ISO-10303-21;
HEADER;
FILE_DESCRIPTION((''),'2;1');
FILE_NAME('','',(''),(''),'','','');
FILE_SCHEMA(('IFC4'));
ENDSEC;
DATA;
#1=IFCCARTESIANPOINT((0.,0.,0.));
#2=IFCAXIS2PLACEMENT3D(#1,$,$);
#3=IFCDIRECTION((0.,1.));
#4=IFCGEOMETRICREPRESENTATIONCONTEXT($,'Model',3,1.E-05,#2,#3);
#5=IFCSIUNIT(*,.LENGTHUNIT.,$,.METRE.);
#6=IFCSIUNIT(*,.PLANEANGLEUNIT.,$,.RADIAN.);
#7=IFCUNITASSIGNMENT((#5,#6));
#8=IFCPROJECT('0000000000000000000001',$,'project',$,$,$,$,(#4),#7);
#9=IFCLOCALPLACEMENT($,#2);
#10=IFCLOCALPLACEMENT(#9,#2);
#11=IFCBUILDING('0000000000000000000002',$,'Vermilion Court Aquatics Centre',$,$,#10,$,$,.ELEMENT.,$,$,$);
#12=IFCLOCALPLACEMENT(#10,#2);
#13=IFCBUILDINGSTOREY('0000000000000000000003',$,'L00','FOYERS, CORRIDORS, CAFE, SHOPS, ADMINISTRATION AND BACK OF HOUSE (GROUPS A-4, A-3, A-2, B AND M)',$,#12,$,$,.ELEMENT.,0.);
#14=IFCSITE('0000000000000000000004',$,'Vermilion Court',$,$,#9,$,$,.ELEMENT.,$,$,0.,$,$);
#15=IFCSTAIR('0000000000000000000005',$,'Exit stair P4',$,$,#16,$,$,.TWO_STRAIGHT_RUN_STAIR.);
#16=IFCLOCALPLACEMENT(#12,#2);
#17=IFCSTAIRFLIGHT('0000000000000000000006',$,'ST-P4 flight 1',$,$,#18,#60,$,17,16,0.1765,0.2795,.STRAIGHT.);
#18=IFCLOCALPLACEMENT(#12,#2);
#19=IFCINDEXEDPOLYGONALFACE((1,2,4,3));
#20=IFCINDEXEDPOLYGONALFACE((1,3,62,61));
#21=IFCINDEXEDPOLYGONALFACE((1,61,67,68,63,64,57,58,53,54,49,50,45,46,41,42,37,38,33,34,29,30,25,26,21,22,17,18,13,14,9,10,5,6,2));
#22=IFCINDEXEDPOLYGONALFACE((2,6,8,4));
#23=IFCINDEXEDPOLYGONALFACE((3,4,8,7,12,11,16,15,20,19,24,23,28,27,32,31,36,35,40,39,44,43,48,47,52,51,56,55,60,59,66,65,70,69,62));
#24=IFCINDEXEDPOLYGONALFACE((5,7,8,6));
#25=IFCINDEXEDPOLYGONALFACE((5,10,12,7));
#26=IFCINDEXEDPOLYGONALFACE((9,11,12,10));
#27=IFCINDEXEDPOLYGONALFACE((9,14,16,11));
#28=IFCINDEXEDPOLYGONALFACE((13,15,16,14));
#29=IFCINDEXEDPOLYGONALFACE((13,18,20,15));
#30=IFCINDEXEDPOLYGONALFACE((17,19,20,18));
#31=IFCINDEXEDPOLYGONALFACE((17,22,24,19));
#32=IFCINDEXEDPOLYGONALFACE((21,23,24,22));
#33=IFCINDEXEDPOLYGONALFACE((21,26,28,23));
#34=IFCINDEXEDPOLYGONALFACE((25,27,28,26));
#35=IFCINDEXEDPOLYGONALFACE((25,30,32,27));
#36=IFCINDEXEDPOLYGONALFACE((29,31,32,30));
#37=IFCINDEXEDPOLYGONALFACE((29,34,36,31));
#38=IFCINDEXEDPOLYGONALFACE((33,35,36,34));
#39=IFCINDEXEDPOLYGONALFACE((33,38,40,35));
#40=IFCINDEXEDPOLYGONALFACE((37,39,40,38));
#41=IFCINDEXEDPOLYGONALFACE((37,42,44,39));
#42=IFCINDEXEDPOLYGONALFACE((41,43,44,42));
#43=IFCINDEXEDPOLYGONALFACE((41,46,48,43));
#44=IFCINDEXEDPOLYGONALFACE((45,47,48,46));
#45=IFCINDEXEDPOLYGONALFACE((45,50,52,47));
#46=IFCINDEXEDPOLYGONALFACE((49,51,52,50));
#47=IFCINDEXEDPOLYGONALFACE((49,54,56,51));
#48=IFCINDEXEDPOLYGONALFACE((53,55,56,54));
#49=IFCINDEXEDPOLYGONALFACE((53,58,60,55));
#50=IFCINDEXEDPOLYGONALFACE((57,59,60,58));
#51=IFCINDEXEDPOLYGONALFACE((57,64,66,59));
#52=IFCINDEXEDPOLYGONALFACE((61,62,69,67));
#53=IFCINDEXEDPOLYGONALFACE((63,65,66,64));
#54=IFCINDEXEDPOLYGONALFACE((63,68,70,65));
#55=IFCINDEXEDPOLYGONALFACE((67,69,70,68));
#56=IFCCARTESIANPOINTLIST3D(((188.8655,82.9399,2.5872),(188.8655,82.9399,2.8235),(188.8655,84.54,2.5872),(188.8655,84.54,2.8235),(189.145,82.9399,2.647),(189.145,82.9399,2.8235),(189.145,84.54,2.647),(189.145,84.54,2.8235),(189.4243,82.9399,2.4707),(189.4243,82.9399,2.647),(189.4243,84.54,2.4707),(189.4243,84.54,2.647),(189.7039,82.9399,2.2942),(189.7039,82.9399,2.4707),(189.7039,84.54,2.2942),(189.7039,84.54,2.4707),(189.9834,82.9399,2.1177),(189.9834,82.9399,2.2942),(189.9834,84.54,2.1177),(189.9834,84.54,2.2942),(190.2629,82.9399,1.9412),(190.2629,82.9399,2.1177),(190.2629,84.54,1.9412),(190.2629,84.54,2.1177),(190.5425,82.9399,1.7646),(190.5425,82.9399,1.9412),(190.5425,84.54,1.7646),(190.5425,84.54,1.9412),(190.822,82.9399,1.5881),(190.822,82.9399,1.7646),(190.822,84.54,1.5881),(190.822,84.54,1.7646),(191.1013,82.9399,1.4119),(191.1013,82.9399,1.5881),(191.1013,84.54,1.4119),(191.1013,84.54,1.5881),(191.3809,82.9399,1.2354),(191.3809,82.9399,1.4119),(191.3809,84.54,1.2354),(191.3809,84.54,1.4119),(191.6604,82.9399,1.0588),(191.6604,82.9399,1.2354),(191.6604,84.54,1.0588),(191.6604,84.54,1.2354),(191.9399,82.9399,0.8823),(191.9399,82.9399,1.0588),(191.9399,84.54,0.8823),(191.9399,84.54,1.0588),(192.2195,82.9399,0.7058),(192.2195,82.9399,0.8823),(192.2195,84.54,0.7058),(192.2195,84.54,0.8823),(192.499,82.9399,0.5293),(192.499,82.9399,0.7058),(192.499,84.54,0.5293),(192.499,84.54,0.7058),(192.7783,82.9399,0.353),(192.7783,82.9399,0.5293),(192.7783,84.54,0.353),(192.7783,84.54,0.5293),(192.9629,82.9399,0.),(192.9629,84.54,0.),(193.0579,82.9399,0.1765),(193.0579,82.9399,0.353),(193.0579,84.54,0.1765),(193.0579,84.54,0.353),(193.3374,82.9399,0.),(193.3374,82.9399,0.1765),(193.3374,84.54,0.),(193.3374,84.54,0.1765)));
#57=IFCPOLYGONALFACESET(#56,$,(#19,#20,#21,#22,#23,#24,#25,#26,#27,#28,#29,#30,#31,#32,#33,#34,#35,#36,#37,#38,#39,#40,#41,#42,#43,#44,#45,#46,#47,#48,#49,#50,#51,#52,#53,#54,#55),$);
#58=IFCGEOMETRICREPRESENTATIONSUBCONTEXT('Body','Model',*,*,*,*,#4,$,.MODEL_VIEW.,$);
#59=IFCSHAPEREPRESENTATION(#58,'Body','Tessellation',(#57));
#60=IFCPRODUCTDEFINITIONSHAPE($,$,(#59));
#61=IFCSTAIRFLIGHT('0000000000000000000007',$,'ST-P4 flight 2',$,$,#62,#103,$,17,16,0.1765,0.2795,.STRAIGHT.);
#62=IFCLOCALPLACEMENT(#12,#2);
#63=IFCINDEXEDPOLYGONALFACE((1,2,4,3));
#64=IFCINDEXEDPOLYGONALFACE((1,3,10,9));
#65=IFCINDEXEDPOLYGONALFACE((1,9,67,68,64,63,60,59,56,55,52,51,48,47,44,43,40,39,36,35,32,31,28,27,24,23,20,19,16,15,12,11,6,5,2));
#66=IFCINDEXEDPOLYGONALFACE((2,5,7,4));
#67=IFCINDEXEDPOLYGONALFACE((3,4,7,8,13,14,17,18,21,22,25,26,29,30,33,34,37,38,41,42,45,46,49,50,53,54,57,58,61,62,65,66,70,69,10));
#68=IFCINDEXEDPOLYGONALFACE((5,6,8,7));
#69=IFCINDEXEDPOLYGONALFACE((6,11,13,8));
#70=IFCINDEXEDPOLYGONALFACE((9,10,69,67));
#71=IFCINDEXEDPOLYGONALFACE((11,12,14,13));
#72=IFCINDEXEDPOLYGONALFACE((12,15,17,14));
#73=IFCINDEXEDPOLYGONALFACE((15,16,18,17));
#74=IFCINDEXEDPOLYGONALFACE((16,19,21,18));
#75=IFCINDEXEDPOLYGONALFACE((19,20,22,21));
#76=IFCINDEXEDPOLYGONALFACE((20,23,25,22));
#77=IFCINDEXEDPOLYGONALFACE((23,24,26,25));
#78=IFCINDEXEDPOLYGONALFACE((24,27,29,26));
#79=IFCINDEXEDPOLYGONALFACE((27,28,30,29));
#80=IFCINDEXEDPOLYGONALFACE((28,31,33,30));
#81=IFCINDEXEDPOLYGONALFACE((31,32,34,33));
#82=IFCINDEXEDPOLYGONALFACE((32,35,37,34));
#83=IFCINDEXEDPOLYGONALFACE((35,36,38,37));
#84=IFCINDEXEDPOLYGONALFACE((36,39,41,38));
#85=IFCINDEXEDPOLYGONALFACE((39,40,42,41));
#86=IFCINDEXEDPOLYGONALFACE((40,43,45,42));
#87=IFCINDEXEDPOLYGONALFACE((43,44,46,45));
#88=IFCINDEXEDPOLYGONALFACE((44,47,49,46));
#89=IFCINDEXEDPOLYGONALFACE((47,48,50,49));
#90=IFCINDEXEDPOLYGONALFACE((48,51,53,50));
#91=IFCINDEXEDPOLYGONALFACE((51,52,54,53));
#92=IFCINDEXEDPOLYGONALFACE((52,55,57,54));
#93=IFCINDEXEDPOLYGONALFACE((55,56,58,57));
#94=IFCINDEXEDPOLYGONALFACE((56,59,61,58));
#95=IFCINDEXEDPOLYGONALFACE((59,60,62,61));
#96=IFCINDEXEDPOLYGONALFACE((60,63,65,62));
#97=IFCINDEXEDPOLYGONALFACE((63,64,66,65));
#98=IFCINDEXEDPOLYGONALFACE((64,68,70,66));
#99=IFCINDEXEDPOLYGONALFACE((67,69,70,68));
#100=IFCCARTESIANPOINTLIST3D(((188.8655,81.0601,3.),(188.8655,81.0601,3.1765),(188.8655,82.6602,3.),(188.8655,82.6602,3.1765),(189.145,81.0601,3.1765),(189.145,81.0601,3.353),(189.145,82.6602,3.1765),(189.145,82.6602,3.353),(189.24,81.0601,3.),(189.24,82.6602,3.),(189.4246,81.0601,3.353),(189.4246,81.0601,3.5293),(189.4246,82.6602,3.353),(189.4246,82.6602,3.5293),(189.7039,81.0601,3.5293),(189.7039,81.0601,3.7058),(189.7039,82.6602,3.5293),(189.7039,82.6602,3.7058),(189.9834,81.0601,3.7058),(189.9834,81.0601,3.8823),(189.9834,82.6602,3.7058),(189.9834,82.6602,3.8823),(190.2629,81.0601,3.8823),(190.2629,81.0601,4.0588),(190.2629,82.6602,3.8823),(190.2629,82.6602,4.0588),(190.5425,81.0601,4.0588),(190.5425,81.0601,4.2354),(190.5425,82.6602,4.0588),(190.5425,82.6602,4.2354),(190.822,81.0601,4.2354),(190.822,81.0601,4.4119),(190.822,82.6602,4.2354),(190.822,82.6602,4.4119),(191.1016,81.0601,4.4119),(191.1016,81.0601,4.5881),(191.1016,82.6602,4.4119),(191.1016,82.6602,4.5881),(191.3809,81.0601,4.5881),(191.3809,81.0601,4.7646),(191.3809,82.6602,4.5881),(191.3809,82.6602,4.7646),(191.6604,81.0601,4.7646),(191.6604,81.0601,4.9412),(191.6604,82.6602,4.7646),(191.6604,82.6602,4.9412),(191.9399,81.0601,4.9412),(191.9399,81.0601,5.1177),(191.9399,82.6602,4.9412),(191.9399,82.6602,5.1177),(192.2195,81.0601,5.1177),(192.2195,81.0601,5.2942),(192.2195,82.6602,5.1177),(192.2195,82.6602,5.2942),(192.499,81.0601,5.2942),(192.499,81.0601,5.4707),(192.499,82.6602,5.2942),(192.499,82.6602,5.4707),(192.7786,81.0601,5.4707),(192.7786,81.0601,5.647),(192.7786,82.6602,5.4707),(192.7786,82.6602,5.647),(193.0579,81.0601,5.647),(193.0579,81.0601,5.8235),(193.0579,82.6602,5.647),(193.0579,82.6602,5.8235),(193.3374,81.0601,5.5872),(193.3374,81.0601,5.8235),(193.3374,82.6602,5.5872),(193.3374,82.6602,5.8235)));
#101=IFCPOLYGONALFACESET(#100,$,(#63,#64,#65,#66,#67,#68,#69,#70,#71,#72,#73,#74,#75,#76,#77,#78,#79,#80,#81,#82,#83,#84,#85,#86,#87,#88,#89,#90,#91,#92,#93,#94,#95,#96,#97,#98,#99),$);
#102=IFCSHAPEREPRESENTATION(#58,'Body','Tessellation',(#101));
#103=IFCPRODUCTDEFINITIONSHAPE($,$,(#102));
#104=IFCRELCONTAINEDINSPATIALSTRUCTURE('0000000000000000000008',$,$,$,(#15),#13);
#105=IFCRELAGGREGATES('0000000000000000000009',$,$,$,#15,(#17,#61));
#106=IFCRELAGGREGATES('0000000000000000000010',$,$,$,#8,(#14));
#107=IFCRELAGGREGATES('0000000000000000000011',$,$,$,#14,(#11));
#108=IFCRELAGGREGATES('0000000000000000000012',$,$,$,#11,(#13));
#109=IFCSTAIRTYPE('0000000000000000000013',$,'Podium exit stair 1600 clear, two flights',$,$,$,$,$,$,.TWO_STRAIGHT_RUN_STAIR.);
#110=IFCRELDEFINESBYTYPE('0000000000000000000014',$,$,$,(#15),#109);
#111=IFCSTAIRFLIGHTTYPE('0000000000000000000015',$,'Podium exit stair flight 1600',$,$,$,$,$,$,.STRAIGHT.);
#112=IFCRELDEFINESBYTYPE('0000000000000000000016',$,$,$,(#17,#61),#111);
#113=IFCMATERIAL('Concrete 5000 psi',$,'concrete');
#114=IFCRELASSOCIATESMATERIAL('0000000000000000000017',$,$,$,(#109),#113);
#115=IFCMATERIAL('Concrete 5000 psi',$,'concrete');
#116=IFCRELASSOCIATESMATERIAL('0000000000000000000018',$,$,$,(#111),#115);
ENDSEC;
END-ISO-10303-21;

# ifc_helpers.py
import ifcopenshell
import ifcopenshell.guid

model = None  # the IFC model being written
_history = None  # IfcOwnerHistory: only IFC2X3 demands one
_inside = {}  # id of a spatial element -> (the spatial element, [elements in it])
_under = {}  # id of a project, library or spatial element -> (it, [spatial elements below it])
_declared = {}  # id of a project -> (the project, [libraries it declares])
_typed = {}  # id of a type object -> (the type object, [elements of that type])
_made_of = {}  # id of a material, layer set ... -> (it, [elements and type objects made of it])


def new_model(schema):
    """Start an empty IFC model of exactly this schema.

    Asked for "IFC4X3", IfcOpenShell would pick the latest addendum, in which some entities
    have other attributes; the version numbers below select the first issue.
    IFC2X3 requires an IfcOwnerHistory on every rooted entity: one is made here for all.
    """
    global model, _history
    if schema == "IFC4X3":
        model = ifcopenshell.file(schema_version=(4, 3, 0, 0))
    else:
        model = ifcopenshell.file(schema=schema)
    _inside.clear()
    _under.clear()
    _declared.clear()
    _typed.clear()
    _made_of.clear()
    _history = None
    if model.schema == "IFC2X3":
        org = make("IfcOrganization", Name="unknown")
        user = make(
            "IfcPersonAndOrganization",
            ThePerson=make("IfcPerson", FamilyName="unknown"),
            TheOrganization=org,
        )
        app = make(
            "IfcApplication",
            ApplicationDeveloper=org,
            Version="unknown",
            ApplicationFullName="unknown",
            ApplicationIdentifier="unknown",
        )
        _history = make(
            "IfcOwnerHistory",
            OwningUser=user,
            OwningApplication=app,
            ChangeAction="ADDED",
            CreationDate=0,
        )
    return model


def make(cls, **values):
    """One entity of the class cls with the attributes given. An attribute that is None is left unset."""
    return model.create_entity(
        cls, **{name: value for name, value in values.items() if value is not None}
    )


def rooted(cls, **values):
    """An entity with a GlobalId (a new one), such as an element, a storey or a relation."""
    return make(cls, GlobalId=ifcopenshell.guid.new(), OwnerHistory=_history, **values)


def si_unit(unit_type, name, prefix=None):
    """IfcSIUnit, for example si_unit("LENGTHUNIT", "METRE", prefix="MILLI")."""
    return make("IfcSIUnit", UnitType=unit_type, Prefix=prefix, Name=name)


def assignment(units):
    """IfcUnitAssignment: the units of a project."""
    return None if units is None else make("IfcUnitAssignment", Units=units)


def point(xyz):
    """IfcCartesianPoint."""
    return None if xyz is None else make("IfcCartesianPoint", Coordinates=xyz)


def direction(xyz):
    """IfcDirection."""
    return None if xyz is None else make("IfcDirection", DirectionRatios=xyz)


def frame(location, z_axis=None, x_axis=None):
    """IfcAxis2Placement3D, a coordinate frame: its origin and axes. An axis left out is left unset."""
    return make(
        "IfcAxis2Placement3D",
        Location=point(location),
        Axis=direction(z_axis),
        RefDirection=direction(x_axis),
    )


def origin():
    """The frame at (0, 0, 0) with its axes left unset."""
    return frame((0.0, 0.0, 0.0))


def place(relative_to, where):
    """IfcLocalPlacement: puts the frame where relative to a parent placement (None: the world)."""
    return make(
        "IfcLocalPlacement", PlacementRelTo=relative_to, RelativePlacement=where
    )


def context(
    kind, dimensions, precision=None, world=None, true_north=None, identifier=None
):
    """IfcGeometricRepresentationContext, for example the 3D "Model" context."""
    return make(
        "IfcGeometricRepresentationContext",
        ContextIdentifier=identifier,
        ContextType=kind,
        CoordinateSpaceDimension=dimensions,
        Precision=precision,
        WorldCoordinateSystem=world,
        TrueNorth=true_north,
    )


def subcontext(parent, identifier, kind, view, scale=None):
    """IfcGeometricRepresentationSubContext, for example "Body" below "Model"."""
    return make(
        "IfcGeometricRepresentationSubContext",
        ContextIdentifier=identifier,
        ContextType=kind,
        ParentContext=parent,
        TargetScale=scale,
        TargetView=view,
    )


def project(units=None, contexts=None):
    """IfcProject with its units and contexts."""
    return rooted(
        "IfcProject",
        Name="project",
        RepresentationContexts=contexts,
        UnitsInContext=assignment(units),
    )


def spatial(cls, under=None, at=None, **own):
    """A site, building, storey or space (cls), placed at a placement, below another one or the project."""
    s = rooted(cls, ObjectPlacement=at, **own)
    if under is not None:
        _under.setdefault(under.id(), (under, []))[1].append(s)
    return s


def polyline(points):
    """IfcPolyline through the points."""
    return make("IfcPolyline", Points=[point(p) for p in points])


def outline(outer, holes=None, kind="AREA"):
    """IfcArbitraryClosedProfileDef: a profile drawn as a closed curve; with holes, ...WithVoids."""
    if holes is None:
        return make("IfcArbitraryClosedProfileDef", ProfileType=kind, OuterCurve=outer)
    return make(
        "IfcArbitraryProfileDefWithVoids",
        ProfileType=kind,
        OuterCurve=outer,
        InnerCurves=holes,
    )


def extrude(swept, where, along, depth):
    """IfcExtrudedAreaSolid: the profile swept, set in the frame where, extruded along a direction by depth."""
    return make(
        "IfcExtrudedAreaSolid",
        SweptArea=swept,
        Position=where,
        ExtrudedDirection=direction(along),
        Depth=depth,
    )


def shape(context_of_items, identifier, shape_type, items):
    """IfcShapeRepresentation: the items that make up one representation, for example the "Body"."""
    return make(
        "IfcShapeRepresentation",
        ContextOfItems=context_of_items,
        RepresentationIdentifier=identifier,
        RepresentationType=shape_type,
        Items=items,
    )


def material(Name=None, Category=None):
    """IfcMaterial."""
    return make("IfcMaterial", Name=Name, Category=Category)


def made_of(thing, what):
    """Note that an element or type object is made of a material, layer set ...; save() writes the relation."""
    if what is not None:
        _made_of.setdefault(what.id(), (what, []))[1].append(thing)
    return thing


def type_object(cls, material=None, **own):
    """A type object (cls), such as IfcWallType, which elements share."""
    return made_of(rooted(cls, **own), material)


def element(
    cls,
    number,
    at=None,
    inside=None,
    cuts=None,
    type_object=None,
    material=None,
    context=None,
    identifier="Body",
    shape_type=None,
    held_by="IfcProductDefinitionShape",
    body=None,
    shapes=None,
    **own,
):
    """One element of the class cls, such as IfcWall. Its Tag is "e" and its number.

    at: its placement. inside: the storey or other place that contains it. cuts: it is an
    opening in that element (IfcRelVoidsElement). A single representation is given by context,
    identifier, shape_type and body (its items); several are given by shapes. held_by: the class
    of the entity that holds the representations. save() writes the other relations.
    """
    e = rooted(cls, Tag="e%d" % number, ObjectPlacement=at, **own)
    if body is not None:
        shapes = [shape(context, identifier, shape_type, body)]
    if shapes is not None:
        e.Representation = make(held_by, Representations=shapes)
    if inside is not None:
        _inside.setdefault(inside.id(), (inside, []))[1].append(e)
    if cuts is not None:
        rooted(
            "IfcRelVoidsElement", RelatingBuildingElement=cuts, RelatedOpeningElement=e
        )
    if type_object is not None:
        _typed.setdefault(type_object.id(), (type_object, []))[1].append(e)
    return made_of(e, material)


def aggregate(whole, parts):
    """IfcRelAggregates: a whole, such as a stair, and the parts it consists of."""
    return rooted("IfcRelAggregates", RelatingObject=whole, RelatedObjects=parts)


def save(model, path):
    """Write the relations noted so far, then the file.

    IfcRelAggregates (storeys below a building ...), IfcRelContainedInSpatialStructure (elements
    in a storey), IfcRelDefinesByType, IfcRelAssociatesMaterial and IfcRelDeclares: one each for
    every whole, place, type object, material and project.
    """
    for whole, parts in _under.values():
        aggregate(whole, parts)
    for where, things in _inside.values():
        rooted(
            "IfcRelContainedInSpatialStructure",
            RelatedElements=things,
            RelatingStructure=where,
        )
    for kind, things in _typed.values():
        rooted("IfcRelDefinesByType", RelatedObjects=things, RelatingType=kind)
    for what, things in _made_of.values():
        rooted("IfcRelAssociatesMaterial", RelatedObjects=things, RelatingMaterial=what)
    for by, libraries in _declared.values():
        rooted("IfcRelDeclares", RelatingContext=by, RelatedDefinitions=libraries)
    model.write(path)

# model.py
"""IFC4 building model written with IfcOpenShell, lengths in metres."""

from ifc_helpers import new_model, si_unit, direction, frame, origin, place, context, subcontext, project, spatial, polyline, outline, extrude, material, type_object, element, aggregate, save


model = new_model("IFC4")

# Units and contexts
model_context = context("Model", 3, precision=1e-05, world=origin(), true_north=direction((0.0, 1.0)))
body_context = subcontext(model_context, "Body", "Model", "MODEL_VIEW")
ifc_project = project(units=[si_unit("LENGTHUNIT", "METRE"), si_unit("PLANEANGLEUNIT", "RADIAN")], contexts=[model_context])

# Site, building, storey
site_placement = place(None, origin())
site = spatial("IfcSite", under=ifc_project, at=site_placement, Name="Vermilion Court", CompositionType="ELEMENT", RefElevation=0.0)
building_placement = place(site_placement, origin())
building = spatial("IfcBuilding", under=site, at=building_placement, Name="Vermilion Court Aquatics Centre", CompositionType="ELEMENT")
storey_placement = place(building_placement, origin())
storey = spatial("IfcBuildingStorey", under=building, at=storey_placement, Name="L00", Description="FOYERS, CORRIDORS, CAFE, SHOPS, ADMINISTRATION AND BACK OF HOUSE (GROUPS A-4, A-3, A-2, B AND M)", CompositionType="ELEMENT", Elevation=0.0)

# Stair, stair flights
ifc_material_1 = material(Name="Concrete 5000 psi", Category="concrete")
stair_type = type_object("IfcStairType", Name="Podium exit stair 1600 clear, two flights", PredefinedType="TWO_STRAIGHT_RUN_STAIR", material=ifc_material_1)
stair_placement = place(storey_placement, origin())
stair = element("IfcStair", 1, at=stair_placement, inside=storey, type_object=stair_type, Name="Exit stair P4", PredefinedType="TWO_STRAIGHT_RUN_STAIR")
ifc_material_2 = material(Name="Concrete 5000 psi", Category="concrete")
stair_flight_type = type_object("IfcStairFlightType", Name="Podium exit stair flight 1600", PredefinedType="STRAIGHT", material=ifc_material_2)
stair_flight_1_placement = place(storey_placement, frame((193.3374, 83.74, 0.0), z_axis=(0.0, 0.0, 1.0), x_axis=(-1.0, 0.0, 0.0)))
stair_flight_1 = element("IfcStairFlight", 2, at=stair_flight_1_placement, type_object=stair_flight_type, Name="ST-P4 flight 1", NumberOfRisers=17, NumberOfTreads=16, PredefinedType="STRAIGHT", RiserHeight=0.1765, TreadLength=0.2795, context=body_context, shape_type="SweptSolid", body=[
    extrude(outline(polyline([(0.0, 0.0), (0.0, 0.1765), (0.2795, 0.1765), (0.2795, 0.353), (0.5591, 0.353), (0.5591, 0.5293), (0.8384, 0.5293), (0.8384, 0.7058), (1.1179, 0.7058), (1.1179, 0.8823), (1.3975, 0.8823), (1.3975, 1.0588), (1.677, 1.0588), (1.677, 1.2354), (1.9565, 1.2354), (1.9565, 1.4119), (2.2361, 1.4119), (2.2361, 1.5881), (2.5154, 1.5881), (2.5154, 1.7646), (2.7949, 1.7646), (2.7949, 1.9412), (3.0745, 1.9412), (3.0745, 2.1177), (3.354, 2.1177), (3.354, 2.2942), (3.6335, 2.2942), (3.6335, 2.4707), (3.9131, 2.4707), (3.9131, 2.647), (4.1924, 2.647), (4.1924, 2.8235), (4.4719, 2.8235), (4.4719, 3.0), (4.4719, 2.5872), (0.3745, 0.0), (0.0, 0.0)])), frame((0.0, 0.8, 0.0), z_axis=(0.0, -1.0, 0.0), x_axis=(1.0, 0.0, 0.0)), (0.0, 0.0, 1.0), 1.6001),
])
stair_flight_2_placement = place(storey_placement, frame((188.8655, 81.8601, 3.0), z_axis=(0.0, 0.0, 1.0), x_axis=(1.0, 0.0, 0.0)))
stair_flight_2 = element("IfcStairFlight", 3, at=stair_flight_2_placement, type_object=stair_flight_type, Name="ST-P4 flight 2", NumberOfRisers=17, NumberOfTreads=16, PredefinedType="STRAIGHT", RiserHeight=0.1765, TreadLength=0.2795, context=body_context, shape_type="SweptSolid", body=[
    extrude(outline(polyline([(0.0, 0.0), (0.0, 0.1765), (0.2795, 0.1765), (0.2795, 0.353), (0.5591, 0.353), (0.5591, 0.5293), (0.8384, 0.5293), (0.8384, 0.7058), (1.1179, 0.7058), (1.1179, 0.8823), (1.3975, 0.8823), (1.3975, 1.0588), (1.677, 1.0588), (1.677, 1.2354), (1.9565, 1.2354), (1.9565, 1.4119), (2.2361, 1.4119), (2.2361, 1.5881), (2.5154, 1.5881), (2.5154, 1.7646), (2.7949, 1.7646), (2.7949, 1.9412), (3.0745, 1.9412), (3.0745, 2.1177), (3.354, 2.1177), (3.354, 2.2942), (3.6335, 2.2942), (3.6335, 2.4707), (3.9131, 2.4707), (3.9131, 2.647), (4.1924, 2.647), (4.1924, 2.8235), (4.4719, 2.8235), (4.4719, 3.0), (4.4719, 2.5872), (0.3745, 0.0), (0.0, 0.0)])), frame((0.0, 0.8, 0.0), z_axis=(0.0, -1.0, 0.0), x_axis=(1.0, 0.0, 0.0)), (0.0, 0.0, 1.0), 1.6001),
])
aggregate(stair, [stair_flight_1, stair_flight_2])

save(model, "model.ifc")
